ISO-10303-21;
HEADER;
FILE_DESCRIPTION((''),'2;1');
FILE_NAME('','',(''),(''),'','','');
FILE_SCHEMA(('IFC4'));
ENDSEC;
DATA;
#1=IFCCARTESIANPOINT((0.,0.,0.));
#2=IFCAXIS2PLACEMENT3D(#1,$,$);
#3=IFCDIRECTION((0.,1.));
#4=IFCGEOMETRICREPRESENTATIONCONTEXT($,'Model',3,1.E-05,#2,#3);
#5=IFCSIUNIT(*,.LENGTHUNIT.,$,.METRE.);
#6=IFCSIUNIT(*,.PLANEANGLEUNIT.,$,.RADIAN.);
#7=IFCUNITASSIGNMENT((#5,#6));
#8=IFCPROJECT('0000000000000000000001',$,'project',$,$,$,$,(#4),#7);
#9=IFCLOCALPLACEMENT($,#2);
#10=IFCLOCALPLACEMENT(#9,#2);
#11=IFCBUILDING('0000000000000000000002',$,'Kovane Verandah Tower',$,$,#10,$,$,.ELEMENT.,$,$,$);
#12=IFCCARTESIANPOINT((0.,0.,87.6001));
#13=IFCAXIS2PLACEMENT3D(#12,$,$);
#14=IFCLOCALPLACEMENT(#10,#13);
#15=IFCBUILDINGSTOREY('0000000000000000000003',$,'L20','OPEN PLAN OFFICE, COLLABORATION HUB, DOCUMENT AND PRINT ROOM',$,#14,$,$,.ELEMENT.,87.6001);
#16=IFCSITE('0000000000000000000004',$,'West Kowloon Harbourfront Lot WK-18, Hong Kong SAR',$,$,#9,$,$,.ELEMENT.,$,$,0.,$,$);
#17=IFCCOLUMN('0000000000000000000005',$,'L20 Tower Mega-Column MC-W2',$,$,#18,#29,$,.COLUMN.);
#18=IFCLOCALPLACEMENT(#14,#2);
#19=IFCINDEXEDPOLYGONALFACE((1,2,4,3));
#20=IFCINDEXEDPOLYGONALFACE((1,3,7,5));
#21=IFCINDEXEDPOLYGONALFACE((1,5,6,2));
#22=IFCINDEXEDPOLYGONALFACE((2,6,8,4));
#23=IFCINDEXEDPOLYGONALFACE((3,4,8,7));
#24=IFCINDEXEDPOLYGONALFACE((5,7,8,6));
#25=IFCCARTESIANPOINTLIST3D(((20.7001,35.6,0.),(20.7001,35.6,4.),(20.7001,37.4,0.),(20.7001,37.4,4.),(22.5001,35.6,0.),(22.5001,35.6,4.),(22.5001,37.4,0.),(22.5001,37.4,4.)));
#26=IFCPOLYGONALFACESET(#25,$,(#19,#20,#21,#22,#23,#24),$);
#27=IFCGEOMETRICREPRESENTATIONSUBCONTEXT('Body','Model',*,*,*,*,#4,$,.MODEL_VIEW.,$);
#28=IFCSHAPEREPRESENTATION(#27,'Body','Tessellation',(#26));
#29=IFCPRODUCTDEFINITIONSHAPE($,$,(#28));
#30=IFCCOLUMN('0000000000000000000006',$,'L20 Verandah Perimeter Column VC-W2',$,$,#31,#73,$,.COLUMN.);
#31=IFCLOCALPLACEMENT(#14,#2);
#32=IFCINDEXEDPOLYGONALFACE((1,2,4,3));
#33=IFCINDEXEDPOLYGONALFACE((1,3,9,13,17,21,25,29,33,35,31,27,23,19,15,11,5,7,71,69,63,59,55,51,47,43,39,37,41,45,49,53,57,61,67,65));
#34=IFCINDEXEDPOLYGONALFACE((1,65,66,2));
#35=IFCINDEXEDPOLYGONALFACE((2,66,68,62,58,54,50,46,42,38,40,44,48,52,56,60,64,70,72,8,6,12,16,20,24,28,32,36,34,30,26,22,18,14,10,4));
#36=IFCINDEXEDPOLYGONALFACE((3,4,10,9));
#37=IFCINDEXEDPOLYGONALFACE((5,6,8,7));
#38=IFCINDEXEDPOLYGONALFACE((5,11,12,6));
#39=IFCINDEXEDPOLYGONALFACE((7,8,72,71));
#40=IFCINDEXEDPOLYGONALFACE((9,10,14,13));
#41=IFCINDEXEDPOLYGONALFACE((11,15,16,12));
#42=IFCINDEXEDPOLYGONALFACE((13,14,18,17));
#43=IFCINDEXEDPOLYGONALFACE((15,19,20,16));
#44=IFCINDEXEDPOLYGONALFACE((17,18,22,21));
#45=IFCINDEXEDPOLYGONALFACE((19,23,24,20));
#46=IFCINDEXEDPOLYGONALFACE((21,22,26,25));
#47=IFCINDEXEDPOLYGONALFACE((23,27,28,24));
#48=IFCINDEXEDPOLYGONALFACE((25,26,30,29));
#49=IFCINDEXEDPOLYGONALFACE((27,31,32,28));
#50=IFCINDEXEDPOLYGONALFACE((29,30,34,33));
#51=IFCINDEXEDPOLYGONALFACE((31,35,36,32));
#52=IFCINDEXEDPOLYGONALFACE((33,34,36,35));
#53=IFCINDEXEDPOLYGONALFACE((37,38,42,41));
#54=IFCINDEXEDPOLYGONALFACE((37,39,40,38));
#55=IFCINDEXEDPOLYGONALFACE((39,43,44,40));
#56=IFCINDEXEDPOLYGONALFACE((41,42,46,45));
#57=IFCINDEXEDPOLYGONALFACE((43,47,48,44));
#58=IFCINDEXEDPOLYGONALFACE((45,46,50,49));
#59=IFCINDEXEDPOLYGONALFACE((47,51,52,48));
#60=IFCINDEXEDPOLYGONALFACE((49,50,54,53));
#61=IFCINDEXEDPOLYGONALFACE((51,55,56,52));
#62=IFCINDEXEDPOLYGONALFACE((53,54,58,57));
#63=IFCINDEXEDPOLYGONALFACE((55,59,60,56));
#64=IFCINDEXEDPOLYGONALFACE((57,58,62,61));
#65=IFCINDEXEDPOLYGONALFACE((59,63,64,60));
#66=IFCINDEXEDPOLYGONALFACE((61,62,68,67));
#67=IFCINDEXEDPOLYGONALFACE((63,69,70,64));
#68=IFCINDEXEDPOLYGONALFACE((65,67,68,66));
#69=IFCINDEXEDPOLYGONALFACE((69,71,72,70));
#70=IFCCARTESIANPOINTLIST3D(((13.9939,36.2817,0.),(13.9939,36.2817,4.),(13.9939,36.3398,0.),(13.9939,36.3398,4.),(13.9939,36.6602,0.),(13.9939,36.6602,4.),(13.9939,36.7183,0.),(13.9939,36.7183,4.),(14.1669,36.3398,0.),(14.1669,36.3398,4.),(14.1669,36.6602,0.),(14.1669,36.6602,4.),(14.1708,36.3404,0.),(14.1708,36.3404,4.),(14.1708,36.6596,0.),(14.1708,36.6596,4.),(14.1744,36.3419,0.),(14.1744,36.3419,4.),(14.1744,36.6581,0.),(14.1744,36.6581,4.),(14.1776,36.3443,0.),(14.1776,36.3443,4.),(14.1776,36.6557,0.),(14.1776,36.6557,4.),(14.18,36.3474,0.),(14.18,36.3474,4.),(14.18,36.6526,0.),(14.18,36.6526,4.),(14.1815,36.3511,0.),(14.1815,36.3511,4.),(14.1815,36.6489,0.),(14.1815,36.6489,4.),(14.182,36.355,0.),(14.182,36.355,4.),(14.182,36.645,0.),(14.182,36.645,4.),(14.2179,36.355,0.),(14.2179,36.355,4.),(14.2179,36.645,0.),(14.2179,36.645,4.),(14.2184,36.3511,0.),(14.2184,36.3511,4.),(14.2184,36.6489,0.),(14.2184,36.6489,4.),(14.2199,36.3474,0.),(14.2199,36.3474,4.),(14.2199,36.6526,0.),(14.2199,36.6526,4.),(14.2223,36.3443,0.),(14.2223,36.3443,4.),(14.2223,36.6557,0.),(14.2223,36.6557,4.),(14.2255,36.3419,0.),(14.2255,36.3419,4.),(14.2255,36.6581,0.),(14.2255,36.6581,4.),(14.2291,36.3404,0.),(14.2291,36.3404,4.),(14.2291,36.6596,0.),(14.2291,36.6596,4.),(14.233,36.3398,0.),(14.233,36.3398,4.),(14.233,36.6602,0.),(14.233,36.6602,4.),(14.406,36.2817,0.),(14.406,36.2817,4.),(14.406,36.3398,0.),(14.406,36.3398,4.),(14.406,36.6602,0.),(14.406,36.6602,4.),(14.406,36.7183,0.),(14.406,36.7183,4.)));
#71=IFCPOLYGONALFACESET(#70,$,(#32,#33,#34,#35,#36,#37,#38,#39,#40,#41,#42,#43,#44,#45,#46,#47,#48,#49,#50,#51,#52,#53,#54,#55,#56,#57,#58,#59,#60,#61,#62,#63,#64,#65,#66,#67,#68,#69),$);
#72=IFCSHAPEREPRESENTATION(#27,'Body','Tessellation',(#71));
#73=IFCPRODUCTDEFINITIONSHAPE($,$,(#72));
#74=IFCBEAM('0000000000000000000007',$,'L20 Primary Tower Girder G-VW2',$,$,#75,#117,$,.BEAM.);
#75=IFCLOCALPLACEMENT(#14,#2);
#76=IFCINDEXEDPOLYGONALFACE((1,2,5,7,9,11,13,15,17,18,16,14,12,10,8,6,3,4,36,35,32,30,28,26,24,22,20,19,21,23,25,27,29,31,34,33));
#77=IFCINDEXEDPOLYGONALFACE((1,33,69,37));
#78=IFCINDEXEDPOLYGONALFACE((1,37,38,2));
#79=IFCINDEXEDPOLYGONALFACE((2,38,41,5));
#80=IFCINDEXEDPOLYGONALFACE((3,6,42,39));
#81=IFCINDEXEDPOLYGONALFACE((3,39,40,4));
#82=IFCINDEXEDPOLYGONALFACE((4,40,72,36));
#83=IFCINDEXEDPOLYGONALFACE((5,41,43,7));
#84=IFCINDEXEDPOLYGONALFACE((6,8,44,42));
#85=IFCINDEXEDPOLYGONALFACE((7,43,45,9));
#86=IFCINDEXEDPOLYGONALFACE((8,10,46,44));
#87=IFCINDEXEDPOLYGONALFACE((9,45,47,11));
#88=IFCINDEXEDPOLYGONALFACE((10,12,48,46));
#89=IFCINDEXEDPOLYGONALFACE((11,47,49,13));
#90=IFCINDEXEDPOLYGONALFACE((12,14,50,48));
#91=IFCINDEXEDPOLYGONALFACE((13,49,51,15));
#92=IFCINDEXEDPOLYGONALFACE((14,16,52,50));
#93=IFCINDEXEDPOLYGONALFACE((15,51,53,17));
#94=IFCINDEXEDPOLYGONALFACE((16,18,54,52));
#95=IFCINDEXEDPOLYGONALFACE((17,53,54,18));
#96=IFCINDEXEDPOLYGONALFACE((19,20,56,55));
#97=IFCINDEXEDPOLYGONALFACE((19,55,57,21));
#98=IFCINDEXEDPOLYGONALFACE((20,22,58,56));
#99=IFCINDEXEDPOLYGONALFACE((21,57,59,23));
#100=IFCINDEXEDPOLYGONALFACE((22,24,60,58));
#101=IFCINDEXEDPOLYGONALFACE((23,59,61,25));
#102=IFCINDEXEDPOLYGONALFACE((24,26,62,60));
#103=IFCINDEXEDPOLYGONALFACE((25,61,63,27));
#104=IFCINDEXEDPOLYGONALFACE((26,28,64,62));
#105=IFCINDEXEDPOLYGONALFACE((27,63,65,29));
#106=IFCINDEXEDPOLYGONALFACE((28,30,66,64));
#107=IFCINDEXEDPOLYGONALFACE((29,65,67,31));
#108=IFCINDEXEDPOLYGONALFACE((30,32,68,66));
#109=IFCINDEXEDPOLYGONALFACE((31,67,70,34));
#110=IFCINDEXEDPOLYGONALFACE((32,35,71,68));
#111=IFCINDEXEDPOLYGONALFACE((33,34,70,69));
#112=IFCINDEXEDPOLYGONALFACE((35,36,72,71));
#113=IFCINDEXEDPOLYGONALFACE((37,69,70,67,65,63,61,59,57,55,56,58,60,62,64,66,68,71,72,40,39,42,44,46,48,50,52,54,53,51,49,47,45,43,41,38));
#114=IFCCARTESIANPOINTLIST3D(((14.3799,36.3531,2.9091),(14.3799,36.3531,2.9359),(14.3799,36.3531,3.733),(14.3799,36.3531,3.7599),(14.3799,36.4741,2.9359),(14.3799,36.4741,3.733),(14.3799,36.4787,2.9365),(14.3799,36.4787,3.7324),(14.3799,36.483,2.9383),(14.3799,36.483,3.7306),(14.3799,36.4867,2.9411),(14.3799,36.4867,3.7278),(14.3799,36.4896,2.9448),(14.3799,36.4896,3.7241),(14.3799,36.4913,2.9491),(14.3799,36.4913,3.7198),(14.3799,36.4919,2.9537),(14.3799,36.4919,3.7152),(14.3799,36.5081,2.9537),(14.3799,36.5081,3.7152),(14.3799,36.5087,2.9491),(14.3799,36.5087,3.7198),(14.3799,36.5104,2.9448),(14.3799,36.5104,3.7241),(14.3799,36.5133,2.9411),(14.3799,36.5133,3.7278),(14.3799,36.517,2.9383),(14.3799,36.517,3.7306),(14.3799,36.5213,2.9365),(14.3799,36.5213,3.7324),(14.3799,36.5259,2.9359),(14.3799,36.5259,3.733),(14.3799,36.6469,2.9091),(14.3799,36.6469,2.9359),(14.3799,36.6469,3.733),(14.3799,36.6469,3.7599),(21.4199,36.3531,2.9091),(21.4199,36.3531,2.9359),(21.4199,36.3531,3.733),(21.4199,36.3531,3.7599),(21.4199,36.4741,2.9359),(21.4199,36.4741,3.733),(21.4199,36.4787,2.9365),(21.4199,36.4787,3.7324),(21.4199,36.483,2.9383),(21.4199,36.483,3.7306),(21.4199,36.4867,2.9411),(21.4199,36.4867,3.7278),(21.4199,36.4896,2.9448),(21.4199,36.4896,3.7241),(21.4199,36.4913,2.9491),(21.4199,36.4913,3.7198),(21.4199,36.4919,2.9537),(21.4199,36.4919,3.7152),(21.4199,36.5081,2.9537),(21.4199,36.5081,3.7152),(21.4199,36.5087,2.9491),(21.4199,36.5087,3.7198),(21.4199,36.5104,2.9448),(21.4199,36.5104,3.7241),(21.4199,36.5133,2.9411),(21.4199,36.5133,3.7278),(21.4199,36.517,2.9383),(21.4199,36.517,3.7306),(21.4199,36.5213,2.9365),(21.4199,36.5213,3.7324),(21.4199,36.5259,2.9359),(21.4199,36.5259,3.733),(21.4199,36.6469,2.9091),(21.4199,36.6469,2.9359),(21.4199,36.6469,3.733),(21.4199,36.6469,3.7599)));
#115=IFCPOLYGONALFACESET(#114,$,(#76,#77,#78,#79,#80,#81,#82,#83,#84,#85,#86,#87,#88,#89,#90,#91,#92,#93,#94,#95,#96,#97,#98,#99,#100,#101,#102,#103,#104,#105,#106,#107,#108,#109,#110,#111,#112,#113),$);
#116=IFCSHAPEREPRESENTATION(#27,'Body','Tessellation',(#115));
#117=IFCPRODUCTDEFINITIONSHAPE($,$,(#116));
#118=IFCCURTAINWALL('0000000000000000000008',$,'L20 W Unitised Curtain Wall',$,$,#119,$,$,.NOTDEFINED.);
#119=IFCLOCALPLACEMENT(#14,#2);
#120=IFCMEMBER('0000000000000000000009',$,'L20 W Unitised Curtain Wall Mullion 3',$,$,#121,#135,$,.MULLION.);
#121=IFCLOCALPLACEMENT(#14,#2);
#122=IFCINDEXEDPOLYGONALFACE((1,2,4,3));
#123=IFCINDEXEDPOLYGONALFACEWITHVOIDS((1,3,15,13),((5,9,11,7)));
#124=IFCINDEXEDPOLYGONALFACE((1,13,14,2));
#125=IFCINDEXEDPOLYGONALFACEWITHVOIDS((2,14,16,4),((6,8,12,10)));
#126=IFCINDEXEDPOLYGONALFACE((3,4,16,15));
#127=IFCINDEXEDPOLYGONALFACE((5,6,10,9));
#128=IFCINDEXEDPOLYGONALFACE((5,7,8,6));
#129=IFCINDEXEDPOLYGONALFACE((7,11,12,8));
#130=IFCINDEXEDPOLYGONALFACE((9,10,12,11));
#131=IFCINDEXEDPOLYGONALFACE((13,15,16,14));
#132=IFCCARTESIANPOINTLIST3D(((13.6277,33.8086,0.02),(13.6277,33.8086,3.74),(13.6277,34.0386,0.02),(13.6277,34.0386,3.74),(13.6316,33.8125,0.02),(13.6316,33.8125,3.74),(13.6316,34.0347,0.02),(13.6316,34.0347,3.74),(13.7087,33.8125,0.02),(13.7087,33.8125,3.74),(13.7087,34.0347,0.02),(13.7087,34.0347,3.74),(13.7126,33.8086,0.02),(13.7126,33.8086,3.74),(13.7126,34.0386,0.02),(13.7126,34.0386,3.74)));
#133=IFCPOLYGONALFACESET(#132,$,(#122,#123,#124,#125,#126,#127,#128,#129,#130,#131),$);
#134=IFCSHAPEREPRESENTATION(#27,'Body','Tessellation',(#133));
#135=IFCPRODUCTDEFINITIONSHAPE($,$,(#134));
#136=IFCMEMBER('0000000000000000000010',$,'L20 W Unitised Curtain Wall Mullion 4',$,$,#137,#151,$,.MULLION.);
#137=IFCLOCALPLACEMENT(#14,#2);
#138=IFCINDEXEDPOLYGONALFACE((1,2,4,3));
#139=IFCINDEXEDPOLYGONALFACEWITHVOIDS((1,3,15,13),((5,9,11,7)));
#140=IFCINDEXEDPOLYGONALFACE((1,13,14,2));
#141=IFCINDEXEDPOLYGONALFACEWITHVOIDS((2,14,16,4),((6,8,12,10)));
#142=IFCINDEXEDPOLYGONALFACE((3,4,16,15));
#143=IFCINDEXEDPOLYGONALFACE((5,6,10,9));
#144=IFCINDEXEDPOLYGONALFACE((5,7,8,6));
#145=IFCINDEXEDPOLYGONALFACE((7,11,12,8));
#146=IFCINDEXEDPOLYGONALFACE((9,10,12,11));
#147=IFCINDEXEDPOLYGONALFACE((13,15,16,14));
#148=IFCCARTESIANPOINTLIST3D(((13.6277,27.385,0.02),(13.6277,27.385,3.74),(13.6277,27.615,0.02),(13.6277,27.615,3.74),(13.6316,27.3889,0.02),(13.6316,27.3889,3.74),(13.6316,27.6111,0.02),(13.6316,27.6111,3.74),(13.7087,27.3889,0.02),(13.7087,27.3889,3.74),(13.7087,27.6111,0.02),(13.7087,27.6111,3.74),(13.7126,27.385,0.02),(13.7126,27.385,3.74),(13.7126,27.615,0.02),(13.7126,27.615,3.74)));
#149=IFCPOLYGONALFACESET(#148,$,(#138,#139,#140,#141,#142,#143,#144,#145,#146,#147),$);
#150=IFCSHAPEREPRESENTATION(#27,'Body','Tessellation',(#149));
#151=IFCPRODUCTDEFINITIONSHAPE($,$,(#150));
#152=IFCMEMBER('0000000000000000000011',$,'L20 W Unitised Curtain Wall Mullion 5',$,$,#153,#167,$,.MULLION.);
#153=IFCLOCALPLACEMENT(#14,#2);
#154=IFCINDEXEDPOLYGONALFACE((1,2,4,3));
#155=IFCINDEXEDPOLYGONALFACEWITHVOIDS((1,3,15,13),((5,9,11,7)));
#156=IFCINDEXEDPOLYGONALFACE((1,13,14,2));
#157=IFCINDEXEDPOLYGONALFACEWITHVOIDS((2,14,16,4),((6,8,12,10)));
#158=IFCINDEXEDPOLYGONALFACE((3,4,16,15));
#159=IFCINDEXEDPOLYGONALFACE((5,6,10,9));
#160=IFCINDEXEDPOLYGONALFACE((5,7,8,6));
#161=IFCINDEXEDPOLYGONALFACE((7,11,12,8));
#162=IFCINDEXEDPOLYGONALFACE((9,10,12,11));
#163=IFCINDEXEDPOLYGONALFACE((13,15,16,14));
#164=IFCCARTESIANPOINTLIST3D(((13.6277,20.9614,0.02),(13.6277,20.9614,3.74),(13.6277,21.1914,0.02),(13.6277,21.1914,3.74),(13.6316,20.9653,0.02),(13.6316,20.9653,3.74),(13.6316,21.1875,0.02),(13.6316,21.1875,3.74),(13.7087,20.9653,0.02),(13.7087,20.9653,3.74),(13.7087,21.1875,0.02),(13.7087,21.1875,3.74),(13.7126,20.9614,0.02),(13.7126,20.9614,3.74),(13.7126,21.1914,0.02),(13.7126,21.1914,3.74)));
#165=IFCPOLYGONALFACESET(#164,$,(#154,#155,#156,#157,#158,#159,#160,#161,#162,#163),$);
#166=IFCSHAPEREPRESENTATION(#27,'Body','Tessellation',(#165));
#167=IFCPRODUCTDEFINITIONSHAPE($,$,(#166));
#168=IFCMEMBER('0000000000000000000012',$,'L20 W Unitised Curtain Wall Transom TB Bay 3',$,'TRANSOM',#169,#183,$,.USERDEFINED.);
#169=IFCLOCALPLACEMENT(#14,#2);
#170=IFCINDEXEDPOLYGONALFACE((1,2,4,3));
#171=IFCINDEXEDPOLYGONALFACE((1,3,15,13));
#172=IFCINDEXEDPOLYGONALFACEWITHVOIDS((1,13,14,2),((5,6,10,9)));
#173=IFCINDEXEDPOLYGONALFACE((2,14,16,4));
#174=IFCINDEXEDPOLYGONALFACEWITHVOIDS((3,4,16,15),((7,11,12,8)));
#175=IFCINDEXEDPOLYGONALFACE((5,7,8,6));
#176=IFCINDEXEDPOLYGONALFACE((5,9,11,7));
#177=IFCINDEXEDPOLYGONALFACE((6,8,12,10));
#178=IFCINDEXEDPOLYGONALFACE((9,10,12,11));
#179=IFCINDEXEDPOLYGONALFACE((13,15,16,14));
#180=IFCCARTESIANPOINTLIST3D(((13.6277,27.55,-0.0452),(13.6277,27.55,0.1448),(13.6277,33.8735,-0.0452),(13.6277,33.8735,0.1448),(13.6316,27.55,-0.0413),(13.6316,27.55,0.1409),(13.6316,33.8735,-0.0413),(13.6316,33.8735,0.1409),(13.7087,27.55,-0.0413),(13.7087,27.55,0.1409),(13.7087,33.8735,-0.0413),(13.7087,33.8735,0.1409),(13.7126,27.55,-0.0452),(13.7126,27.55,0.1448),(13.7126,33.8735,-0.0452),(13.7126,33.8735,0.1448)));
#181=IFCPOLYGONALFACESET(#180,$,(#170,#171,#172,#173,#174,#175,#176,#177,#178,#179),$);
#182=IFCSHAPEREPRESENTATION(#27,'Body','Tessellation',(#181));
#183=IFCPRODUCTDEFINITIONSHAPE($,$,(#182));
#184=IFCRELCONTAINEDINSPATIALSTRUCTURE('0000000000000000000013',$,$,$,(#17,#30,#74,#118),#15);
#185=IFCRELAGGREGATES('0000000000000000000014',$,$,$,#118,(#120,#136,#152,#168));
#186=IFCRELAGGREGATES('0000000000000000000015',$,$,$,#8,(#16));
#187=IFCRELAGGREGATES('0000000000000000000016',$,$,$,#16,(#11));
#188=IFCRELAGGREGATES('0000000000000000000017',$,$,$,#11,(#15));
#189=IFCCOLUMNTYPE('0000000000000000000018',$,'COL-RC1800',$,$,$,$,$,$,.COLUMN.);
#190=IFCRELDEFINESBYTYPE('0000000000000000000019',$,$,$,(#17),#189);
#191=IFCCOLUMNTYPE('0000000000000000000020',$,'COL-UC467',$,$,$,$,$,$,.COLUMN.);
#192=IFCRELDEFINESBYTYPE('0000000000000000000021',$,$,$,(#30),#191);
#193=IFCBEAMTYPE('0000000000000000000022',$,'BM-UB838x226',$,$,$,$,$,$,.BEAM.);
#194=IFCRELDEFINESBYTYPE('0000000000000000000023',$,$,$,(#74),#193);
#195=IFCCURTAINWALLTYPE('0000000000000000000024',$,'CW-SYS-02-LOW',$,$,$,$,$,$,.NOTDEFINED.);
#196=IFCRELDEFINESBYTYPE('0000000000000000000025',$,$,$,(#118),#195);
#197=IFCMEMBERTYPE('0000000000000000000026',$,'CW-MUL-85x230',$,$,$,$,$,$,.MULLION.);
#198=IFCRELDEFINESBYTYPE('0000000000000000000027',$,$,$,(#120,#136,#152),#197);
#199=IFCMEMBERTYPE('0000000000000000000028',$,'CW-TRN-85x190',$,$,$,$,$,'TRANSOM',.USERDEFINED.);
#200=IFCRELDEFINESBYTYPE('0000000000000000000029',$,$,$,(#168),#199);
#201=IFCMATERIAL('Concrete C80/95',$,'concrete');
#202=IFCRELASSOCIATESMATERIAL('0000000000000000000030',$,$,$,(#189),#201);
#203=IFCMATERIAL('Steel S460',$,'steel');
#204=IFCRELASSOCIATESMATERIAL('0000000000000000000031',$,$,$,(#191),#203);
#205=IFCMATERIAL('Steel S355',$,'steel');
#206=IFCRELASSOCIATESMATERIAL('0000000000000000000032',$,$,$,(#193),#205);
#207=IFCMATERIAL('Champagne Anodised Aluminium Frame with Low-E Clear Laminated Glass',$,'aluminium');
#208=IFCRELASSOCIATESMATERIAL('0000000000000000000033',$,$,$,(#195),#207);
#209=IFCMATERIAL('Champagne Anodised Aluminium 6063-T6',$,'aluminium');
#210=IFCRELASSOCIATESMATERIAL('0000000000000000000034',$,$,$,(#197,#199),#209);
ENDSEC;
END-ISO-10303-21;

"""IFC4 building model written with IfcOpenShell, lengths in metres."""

from ifc_helpers import new_model, si_unit, direction, frame, origin, origin_2d, place, context, subcontext, project, spatial, rectangle, hollow_rectangle, i_section, extrude, material, material_profile, profile_set, type_object, element, aggregate, save


model = new_model("IFC4")

# Units and contexts
model_context = context("Model", 3, precision=1e-05, world=origin(), true_north=direction((0.0, 1.0)))
body_context = subcontext(model_context, "Body", "Model", "MODEL_VIEW")
ifc_project = project(units=[si_unit("LENGTHUNIT", "METRE"), si_unit("PLANEANGLEUNIT", "RADIAN")], contexts=[model_context])

# Site, building, storey
site_placement = place(None, origin())
site = spatial("IfcSite", under=ifc_project, at=site_placement, Name="West Kowloon Harbourfront Lot WK-18, Hong Kong SAR", CompositionType="ELEMENT", RefElevation=0.0)
building_placement = place(site_placement, origin())
building = spatial("IfcBuilding", under=site, at=building_placement, Name="Kovane Verandah Tower", CompositionType="ELEMENT")
storey_placement = place(building_placement, frame((0.0, 0.0, 87.6001)))
storey = spatial("IfcBuildingStorey", under=building, at=storey_placement, Name="L20", Description="OPEN PLAN OFFICE, COLLABORATION HUB, DOCUMENT AND PRINT ROOM", CompositionType="ELEMENT", Elevation=87.6001)

# Columns
ifc_material_1 = material(Name="Concrete C80/95", Category="concrete")
ifc_material_profile_1 = material_profile(ifc_material_1, rectangle(XDim=1.8, YDim=1.8, at=origin_2d()), Name="RC1800x1800")
ifc_profile_set_1 = profile_set([ifc_material_profile_1], Name="Concrete C80/95")
column_type_1 = type_object("IfcColumnType", Name="COL-RC1800", PredefinedType="COLUMN", material=ifc_profile_set_1)
column_1_placement = place(storey_placement, frame((21.6001, 36.5, 0.0), z_axis=(0.0, 0.0, 1.0), x_axis=(1.0, 0.0, 0.0)))
element("IfcColumn", 1, at=column_1_placement, inside=storey, type_object=column_type_1, Name="L20 Tower Mega-Column MC-W2", PredefinedType="COLUMN", context=body_context, shape_type="SweptSolid", body=[
    extrude(rectangle(XDim=1.8, YDim=1.8, at=origin_2d()), origin(), (0.0, 0.0, 1.0), 4.0),
])
ifc_material_2 = material(Name="Steel S460", Category="steel")
ifc_material_profile_2 = material_profile(ifc_material_2, i_section(OverallWidth=0.4121, OverallDepth=0.4365, WebThickness=0.0359, FlangeThickness=0.0581, FilletRadius=0.0151, at=origin_2d()), Name="UC356x406x467")
ifc_profile_set_2 = profile_set([ifc_material_profile_2], Name="Steel S460")
column_type_2 = type_object("IfcColumnType", Name="COL-UC467", PredefinedType="COLUMN", material=ifc_profile_set_2)
column_2_placement = place(storey_placement, frame((14.2, 36.5, 0.0), z_axis=(0.0, 0.0, 1.0), x_axis=(1.0, 0.0, 0.0)))
element("IfcColumn", 2, at=column_2_placement, inside=storey, type_object=column_type_2, Name="L20 Verandah Perimeter Column VC-W2", PredefinedType="COLUMN", context=body_context, shape_type="SweptSolid", body=[
    extrude(i_section(OverallWidth=0.4121, OverallDepth=0.4365, WebThickness=0.0359, FlangeThickness=0.0581, FilletRadius=0.0151, at=origin_2d()), origin(), (0.0, 0.0, 1.0), 4.0),
])

# Beam
ifc_material_3 = material(Name="Steel S355", Category="steel")
ifc_material_profile_3 = material_profile(ifc_material_3, i_section(OverallWidth=0.2937, OverallDepth=0.8508, WebThickness=0.0161, FlangeThickness=0.0269, FilletRadius=0.0178, at=origin_2d()), Name="UB838x292x226")
ifc_profile_set_3 = profile_set([ifc_material_profile_3], Name="Steel S355")
beam_type = type_object("IfcBeamType", Name="BM-UB838x226", PredefinedType="BEAM", material=ifc_profile_set_3)
beam_placement = place(storey_placement, frame((21.4199, 36.5, 3.3345), z_axis=(-1.0, 0.0, 0.0), x_axis=(0.0, -1.0, 0.0)))
element("IfcBeam", 3, at=beam_placement, inside=storey, type_object=beam_type, Name="L20 Primary Tower Girder G-VW2", PredefinedType="BEAM", context=body_context, shape_type="SweptSolid", body=[
    extrude(i_section(OverallWidth=0.2937, OverallDepth=0.8508, WebThickness=0.0161, FlangeThickness=0.0269, FilletRadius=0.0178, at=origin_2d()), origin(), (0.0, 0.0, 1.0), 7.04),
])

# Curtain wall, members
ifc_material_4 = material(Name="Champagne Anodised Aluminium Frame with Low-E Clear Laminated Glass", Category="aluminium")
curtain_wall_type = type_object("IfcCurtainWallType", Name="CW-SYS-02-LOW", PredefinedType="NOTDEFINED", material=ifc_material_4)
curtain_wall_placement = place(storey_placement, origin())
curtain_wall = element("IfcCurtainWall", 4, at=curtain_wall_placement, inside=storey, type_object=curtain_wall_type, Name="L20 W Unitised Curtain Wall", PredefinedType="NOTDEFINED")
ifc_material_5 = material(Name="Champagne Anodised Aluminium 6063-T6", Category="aluminium")
ifc_material_profile_4 = material_profile(ifc_material_5, hollow_rectangle(XDim=0.085, YDim=0.23, WallThickness=0.0039, at=origin_2d()), Name="AL85x230x4")
ifc_profile_set_4 = profile_set([ifc_material_profile_4], Name="Champagne Anodised Aluminium 6063-T6")
member_type_1 = type_object("IfcMemberType", Name="CW-MUL-85x230", PredefinedType="MULLION", material=ifc_profile_set_4)
member_1_placement = place(storey_placement, frame((13.6702, 33.9236, 0.02), z_axis=(0.0, 0.0, 1.0), x_axis=(-1.0, 0.0, 0.0)))
member_1 = element("IfcMember", 5, at=member_1_placement, type_object=member_type_1, Name="L20 W Unitised Curtain Wall Mullion 3", PredefinedType="MULLION", context=body_context, shape_type="SweptSolid", body=[
    extrude(hollow_rectangle(XDim=0.085, YDim=0.23, WallThickness=0.0039, at=origin_2d()), origin(), (0.0, 0.0, 1.0), 3.72),
])
member_2_placement = place(storey_placement, frame((13.6702, 27.5, 0.02), z_axis=(0.0, 0.0, 1.0), x_axis=(-1.0, 0.0, 0.0)))
member_2 = element("IfcMember", 6, at=member_2_placement, type_object=member_type_1, Name="L20 W Unitised Curtain Wall Mullion 4", PredefinedType="MULLION", context=body_context, shape_type="SweptSolid", body=[
    extrude(hollow_rectangle(XDim=0.085, YDim=0.23, WallThickness=0.0039, at=origin_2d()), origin(), (0.0, 0.0, 1.0), 3.72),
])
member_3_placement = place(storey_placement, frame((13.6702, 21.0764, 0.02), z_axis=(0.0, 0.0, 1.0), x_axis=(-1.0, 0.0, 0.0)))
member_3 = element("IfcMember", 7, at=member_3_placement, type_object=member_type_1, Name="L20 W Unitised Curtain Wall Mullion 5", PredefinedType="MULLION", context=body_context, shape_type="SweptSolid", body=[
    extrude(hollow_rectangle(XDim=0.085, YDim=0.23, WallThickness=0.0039, at=origin_2d()), origin(), (0.0, 0.0, 1.0), 3.72),
])
ifc_material_profile_5 = material_profile(ifc_material_5, hollow_rectangle(XDim=0.085, YDim=0.1899, WallThickness=0.0039, at=origin_2d()), Name="AL85x190x4")
ifc_profile_set_5 = profile_set([ifc_material_profile_5], Name="Champagne Anodised Aluminium 6063-T6")
member_type_2 = type_object("IfcMemberType", Name="CW-TRN-85x190", ElementType="TRANSOM", PredefinedType="USERDEFINED", material=ifc_profile_set_5)
member_4_placement = place(storey_placement, frame((13.6702, 33.8735, 0.0498), z_axis=(0.0, -1.0, 0.0), x_axis=(1.0, 0.0, 0.0)))
member_4 = element("IfcMember", 8, at=member_4_placement, type_object=member_type_2, Name="L20 W Unitised Curtain Wall Transom TB Bay 3", ObjectType="TRANSOM", PredefinedType="USERDEFINED", context=body_context, shape_type="SweptSolid", body=[
    extrude(hollow_rectangle(XDim=0.085, YDim=0.1899, WallThickness=0.0039, at=origin_2d()), origin(), (0.0, 0.0, 1.0), 6.3235),
])
aggregate(curtain_wall, [member_1, member_2, member_3, member_4])

save(model, "model.ifc")
